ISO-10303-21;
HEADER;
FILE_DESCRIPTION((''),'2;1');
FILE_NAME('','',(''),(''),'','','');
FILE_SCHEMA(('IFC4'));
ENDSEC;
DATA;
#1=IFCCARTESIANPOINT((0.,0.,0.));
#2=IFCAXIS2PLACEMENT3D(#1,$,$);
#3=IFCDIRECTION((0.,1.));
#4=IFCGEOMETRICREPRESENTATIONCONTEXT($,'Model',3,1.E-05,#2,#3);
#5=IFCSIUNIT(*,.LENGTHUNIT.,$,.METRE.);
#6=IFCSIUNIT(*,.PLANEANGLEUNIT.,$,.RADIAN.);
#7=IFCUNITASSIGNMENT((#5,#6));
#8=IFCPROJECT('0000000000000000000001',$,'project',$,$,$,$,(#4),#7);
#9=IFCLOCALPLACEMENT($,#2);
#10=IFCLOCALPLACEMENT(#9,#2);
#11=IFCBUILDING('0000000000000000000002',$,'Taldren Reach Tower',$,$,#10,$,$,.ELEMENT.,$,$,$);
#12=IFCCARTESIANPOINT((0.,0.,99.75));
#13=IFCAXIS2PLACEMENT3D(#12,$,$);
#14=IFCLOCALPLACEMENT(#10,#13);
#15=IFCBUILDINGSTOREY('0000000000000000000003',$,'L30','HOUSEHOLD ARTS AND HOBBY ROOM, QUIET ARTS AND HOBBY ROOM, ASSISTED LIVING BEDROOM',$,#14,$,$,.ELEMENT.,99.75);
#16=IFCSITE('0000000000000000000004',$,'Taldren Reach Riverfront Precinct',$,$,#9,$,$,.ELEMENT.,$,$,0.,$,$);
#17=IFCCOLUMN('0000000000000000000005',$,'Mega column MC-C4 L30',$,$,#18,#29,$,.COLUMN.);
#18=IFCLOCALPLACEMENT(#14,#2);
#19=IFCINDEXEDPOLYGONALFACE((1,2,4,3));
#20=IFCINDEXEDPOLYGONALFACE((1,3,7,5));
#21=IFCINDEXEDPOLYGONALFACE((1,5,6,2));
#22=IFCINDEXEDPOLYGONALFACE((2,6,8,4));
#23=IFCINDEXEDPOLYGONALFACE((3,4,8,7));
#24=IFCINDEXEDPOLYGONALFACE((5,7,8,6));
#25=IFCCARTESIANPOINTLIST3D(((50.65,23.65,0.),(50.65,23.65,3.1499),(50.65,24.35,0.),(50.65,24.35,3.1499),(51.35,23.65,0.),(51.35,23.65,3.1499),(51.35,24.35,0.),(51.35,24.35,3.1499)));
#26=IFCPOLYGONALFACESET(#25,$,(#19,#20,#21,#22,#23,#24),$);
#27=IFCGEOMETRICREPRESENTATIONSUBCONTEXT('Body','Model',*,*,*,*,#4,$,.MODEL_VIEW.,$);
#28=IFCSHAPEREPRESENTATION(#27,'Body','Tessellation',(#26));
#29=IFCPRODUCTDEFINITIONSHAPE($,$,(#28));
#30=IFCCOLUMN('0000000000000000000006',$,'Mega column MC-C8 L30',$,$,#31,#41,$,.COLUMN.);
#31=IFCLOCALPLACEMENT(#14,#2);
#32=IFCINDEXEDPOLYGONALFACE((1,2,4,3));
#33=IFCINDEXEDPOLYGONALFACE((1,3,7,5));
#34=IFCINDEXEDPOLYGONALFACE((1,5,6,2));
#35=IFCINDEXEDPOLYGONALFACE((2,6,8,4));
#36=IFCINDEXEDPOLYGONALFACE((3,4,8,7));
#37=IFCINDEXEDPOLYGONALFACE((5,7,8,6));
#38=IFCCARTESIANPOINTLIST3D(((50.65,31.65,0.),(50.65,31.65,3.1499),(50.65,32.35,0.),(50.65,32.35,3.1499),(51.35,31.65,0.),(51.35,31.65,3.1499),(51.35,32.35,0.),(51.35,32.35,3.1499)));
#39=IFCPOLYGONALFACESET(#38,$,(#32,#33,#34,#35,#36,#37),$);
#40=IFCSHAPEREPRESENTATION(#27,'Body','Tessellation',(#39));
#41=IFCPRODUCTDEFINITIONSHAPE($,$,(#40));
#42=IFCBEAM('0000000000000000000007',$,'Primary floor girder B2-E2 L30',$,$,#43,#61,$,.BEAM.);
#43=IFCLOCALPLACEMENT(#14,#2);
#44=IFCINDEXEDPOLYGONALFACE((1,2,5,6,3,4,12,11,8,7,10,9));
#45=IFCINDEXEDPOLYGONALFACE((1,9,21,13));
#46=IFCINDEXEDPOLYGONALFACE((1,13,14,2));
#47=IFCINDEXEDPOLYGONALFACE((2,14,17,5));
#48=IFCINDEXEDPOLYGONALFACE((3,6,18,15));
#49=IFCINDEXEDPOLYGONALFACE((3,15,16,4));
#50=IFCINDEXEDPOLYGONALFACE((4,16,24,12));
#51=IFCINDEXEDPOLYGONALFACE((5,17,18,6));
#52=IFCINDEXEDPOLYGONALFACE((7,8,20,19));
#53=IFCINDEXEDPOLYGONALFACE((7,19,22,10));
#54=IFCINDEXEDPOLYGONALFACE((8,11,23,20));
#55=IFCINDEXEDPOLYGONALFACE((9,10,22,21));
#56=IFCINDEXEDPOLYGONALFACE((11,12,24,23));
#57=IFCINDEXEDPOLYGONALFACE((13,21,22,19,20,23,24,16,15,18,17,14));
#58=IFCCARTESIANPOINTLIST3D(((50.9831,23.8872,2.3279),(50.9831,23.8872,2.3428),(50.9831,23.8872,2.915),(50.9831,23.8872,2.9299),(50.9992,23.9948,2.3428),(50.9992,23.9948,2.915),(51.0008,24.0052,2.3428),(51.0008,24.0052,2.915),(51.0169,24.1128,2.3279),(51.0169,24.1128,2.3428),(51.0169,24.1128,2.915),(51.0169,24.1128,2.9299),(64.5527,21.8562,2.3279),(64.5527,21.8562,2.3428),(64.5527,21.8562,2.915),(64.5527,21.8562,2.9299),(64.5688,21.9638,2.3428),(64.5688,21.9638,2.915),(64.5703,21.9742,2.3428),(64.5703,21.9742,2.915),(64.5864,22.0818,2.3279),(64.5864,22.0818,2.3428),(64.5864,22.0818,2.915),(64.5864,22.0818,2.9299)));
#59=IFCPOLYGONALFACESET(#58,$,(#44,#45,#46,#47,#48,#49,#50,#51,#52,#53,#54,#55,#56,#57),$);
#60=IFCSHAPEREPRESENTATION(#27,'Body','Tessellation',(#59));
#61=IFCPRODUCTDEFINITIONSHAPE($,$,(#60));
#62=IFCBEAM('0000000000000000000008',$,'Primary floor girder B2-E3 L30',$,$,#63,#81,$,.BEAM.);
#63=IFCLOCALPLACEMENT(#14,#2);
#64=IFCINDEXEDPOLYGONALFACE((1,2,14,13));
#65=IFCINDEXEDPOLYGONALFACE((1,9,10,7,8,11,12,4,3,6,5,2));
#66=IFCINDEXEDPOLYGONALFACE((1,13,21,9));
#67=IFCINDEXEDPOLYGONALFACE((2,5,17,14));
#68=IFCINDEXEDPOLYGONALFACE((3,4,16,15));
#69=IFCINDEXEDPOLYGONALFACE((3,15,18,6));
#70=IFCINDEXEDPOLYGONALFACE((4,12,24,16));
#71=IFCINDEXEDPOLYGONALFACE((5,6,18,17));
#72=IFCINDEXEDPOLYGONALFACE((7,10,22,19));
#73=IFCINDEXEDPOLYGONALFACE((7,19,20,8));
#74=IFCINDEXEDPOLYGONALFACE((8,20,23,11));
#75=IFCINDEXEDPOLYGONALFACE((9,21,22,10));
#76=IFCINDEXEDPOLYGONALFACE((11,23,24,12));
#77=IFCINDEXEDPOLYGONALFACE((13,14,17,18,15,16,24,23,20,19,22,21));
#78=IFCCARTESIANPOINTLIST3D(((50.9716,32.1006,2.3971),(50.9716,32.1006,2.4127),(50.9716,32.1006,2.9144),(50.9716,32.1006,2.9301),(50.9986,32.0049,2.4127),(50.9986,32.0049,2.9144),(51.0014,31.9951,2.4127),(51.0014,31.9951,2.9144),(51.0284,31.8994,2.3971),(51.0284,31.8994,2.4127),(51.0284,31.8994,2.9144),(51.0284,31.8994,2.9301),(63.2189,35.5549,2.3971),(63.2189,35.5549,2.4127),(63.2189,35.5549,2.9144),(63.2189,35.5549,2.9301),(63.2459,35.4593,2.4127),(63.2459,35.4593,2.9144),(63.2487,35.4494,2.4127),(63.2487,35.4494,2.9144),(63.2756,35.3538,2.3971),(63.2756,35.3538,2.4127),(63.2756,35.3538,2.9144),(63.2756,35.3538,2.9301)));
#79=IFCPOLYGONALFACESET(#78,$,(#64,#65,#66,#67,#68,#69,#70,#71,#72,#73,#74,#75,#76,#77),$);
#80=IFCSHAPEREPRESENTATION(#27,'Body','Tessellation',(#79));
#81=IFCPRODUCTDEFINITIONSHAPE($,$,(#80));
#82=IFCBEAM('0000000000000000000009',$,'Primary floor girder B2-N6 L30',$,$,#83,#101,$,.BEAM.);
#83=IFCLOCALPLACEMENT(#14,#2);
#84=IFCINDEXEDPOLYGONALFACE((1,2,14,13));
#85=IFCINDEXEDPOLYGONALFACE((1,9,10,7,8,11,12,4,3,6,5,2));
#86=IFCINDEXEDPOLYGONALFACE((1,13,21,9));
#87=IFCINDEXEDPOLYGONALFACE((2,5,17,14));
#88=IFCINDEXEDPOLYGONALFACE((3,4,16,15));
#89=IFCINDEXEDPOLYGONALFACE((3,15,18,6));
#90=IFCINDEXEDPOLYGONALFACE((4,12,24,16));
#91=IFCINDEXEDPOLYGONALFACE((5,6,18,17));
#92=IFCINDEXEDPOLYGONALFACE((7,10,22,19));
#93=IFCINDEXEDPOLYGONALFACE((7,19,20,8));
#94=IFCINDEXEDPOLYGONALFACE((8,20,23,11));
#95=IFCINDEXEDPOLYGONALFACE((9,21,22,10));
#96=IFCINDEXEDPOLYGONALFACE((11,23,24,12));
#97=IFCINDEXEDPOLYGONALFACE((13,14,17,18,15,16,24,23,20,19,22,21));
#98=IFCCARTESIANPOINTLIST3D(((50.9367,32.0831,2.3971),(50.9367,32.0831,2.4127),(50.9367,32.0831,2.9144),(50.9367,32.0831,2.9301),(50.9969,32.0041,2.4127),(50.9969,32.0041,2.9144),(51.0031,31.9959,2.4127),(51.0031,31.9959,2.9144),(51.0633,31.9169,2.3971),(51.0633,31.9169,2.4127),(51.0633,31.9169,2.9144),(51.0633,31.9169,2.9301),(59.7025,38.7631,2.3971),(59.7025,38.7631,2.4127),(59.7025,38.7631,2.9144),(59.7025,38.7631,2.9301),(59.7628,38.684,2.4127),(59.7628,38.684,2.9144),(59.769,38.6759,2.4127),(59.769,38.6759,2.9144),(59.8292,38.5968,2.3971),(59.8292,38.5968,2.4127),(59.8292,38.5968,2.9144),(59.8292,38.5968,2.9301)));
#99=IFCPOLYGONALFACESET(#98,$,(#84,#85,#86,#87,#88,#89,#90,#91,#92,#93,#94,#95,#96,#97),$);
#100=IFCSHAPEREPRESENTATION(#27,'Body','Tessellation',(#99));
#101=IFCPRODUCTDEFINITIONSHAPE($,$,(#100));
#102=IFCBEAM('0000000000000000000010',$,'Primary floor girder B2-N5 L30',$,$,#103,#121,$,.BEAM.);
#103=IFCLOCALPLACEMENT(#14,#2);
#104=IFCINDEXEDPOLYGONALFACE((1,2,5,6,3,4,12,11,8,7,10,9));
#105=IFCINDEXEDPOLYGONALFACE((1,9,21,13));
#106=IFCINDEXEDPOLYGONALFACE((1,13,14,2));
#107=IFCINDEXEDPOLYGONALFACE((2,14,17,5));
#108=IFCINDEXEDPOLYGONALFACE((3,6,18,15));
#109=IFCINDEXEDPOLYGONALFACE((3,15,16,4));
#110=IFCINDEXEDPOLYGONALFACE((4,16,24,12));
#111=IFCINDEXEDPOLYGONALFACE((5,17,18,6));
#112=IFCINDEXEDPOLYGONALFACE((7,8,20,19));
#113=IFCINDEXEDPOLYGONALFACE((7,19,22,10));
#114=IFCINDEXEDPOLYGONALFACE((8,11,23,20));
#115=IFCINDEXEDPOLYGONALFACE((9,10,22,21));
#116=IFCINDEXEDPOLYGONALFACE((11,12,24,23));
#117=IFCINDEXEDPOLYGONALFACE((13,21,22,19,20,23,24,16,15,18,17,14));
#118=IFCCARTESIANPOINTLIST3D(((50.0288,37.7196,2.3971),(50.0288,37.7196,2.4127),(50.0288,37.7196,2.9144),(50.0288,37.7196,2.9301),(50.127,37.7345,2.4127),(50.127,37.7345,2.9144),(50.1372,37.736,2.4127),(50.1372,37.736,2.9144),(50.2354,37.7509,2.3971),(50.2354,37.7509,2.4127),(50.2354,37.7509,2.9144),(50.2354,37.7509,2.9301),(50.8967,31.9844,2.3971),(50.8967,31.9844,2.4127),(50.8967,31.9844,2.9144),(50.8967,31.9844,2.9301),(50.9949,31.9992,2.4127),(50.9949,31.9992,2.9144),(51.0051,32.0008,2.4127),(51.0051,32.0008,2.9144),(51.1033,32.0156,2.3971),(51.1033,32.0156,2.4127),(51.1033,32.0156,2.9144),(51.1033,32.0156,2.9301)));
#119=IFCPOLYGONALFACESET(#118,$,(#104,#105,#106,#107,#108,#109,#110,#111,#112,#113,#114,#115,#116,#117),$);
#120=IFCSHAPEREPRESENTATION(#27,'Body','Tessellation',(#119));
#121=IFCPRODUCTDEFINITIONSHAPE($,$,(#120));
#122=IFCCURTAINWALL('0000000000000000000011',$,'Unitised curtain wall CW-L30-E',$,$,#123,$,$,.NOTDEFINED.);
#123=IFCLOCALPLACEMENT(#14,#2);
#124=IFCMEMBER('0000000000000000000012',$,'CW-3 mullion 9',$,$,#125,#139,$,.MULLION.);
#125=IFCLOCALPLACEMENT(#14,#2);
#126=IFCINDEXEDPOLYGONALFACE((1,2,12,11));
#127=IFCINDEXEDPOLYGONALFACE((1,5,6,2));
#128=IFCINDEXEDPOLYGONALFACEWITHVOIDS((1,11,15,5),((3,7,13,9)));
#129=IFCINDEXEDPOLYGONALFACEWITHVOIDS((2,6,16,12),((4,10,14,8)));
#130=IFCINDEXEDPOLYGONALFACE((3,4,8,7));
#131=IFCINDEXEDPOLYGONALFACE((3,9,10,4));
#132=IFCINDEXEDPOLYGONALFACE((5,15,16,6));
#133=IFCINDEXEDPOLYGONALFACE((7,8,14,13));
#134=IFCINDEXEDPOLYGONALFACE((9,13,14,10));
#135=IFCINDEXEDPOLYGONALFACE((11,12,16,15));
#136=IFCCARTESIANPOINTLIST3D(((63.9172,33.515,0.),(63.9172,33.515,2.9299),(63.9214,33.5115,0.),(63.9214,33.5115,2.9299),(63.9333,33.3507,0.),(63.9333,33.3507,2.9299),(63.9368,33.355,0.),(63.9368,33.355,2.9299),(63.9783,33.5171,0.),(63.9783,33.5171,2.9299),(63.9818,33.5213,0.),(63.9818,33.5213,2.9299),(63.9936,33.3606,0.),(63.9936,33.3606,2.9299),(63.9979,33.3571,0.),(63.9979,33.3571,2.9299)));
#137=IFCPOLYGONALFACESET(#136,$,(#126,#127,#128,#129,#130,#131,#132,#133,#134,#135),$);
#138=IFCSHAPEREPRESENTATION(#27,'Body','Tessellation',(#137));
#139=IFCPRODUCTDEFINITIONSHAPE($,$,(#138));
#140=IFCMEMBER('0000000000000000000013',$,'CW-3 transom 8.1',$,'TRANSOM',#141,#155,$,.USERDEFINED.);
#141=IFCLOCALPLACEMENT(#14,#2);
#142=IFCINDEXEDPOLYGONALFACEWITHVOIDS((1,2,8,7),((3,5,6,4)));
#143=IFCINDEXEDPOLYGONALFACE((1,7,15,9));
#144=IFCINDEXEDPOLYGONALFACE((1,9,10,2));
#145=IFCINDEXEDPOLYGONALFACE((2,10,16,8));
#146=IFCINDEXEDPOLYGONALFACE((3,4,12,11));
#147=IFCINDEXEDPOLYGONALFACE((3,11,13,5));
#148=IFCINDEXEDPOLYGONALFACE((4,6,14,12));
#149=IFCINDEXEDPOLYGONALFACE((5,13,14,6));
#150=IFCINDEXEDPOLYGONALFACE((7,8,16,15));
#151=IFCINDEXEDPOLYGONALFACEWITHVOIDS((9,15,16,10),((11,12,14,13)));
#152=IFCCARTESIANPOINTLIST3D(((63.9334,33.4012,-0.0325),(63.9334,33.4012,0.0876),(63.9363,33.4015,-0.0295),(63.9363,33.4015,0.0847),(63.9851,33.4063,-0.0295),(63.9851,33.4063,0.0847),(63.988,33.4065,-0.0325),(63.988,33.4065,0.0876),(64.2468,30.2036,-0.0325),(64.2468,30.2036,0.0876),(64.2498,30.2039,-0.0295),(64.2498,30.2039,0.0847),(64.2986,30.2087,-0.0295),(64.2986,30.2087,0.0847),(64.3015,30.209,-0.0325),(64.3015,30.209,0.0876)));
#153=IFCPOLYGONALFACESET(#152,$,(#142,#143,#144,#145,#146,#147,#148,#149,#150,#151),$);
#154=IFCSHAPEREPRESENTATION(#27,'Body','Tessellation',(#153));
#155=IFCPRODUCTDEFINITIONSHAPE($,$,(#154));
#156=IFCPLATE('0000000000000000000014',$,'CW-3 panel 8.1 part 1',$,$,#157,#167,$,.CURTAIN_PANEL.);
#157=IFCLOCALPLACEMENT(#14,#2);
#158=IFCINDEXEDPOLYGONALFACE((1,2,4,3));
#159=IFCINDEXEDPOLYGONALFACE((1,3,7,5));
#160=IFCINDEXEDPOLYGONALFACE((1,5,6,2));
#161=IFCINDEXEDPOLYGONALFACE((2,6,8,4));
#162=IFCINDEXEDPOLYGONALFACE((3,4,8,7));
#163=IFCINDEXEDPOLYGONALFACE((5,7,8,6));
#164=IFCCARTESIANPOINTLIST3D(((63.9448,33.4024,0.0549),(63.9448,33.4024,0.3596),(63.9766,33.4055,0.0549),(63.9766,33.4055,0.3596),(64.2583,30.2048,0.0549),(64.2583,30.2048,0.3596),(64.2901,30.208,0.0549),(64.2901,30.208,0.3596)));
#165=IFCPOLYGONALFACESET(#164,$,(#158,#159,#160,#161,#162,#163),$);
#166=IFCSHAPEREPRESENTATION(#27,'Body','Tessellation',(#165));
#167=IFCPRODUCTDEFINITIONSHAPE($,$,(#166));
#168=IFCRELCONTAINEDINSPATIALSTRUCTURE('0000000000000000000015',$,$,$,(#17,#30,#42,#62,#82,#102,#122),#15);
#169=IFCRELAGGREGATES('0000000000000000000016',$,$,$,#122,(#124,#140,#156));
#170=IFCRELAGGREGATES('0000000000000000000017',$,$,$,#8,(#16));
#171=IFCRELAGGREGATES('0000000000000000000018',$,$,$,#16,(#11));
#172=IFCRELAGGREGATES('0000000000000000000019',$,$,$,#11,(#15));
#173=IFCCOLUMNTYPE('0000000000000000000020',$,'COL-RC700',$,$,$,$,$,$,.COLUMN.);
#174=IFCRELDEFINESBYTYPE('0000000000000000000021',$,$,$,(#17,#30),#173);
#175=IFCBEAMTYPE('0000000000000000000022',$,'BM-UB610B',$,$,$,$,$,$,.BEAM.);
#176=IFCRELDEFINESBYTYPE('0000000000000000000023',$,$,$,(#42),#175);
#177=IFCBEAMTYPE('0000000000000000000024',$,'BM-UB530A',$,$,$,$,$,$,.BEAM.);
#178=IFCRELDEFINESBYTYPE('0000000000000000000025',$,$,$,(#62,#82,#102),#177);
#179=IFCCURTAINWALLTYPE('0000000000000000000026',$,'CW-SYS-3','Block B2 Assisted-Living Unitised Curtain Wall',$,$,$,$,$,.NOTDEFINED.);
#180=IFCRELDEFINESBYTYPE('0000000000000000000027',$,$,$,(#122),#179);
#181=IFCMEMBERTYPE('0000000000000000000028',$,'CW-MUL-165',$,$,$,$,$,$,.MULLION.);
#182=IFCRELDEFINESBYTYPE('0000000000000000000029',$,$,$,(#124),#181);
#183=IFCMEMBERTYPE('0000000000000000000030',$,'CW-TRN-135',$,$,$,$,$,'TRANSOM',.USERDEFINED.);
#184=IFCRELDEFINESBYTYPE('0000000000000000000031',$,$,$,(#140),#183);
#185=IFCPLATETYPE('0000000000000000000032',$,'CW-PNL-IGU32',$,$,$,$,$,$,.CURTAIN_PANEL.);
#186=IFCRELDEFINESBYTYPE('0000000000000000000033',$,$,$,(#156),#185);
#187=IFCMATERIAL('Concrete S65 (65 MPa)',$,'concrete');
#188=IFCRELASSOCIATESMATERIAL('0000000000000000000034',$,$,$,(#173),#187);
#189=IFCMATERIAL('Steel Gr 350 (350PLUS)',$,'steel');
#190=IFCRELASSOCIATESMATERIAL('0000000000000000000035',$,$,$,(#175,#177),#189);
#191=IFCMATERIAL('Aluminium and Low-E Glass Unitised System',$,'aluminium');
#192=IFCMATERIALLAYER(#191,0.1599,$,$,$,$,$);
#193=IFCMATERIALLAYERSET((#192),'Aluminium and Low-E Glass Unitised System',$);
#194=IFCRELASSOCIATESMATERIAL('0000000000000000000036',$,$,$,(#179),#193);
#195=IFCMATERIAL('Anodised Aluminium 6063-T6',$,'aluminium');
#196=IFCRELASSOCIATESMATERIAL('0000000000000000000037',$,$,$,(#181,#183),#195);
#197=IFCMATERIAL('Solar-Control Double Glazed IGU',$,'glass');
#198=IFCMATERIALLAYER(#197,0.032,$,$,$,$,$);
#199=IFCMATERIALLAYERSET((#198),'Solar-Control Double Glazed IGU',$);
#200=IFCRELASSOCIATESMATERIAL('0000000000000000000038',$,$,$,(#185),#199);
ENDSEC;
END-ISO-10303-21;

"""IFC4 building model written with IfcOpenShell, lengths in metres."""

from ifc_helpers import new_model, si_unit, direction, frame, origin, origin_2d, place, context, subcontext, project, spatial, rectangle, hollow_rectangle, i_section, extrude, source, transform, mapped, material, layer, layer_set, material_profile, profile_set, type_object, element, aggregate, save


model = new_model("IFC4")

# Units and contexts
model_context = context("Model", 3, precision=1e-05, world=origin(), true_north=direction((0.0, 1.0)))
body_context = subcontext(model_context, "Body", "Model", "MODEL_VIEW")
ifc_project = project(units=[si_unit("LENGTHUNIT", "METRE"), si_unit("PLANEANGLEUNIT", "RADIAN")], contexts=[model_context])

# Site, building, storey
site_placement = place(None, origin())
site = spatial("IfcSite", under=ifc_project, at=site_placement, Name="Taldren Reach Riverfront Precinct", CompositionType="ELEMENT", RefElevation=0.0)
building_placement = place(site_placement, origin())
building = spatial("IfcBuilding", under=site, at=building_placement, Name="Taldren Reach Tower", CompositionType="ELEMENT")
storey_placement = place(building_placement, frame((0.0, 0.0, 99.75)))
storey = spatial("IfcBuildingStorey", under=building, at=storey_placement, Name="L30", Description="HOUSEHOLD ARTS AND HOBBY ROOM, QUIET ARTS AND HOBBY ROOM, ASSISTED LIVING BEDROOM", CompositionType="ELEMENT", Elevation=99.75)

# Columns
ifc_material_1 = material(Name="Concrete S65 (65 MPa)", Category="concrete")
ifc_material_profile_1 = material_profile(ifc_material_1, rectangle(XDim=0.7, YDim=0.7, at=origin_2d()), Name="RC-700x700")
ifc_profile_set_1 = profile_set([ifc_material_profile_1], Name="Concrete S65 (65 MPa)")
column_type = type_object("IfcColumnType", Name="COL-RC700", PredefinedType="COLUMN", material=ifc_profile_set_1)
shared_shape_1 = source(origin(), body_context, "Body", "SweptSolid", [
    extrude(rectangle(XDim=0.7, YDim=0.7, at=origin_2d()), origin(), (0.0, 0.0, 1.0), 3.1499),
])
for number, where, z_axis, x_axis, name in (
    (1, (51.0, 24.0, 0.0), (0.0, 0.0, 1.0), (1.0, 0.0, 0.0), "Mega column MC-C4 L30"),
    (2, (51.0, 32.0, 0.0), (0.0, 0.0, 1.0), (1.0, 0.0, 0.0), "Mega column MC-C8 L30"),
):
    element("IfcColumn", number, at=place(storey_placement, frame(where, z_axis=z_axis, x_axis=x_axis)), inside=storey, type_object=column_type, Name=name, PredefinedType="COLUMN", context=body_context, shape_type="MappedRepresentation", body=[
        mapped(shared_shape_1, transform((0.0, 0.0, 0.0), scale=1.0)),
    ])

# Beams
ifc_material_2 = material(Name="Steel Gr 350 (350PLUS)", Category="steel")
ifc_material_profile_2 = material_profile(ifc_material_2, i_section(OverallWidth=0.228, OverallDepth=0.6021, WebThickness=0.0105, FlangeThickness=0.0149, at=origin_2d()), Name="610UB101")
ifc_profile_set_2 = profile_set([ifc_material_profile_2], Name="Steel Gr 350 (350PLUS)")
beam_type_1 = type_object("IfcBeamType", Name="BM-UB610B", PredefinedType="BEAM", material=ifc_profile_set_2)
shared_shape_2 = source(origin(), body_context, "Body", "SweptSolid", [
    extrude(i_section(OverallWidth=0.228, OverallDepth=0.6021, WebThickness=0.0105, FlangeThickness=0.0149, at=origin_2d()), origin(), (0.0, 0.0, 1.0), 13.7207),
])
beam_1_placement = place(storey_placement, frame((51.0, 24.0, 2.6289), z_axis=(0.988984, -0.148025, 0.0), x_axis=(0.148025, 0.988984, 0.0)))
element("IfcBeam", 3, at=beam_1_placement, inside=storey, type_object=beam_type_1, Name="Primary floor girder B2-E2 L30", PredefinedType="BEAM", context=body_context, shape_type="MappedRepresentation", body=[
    mapped(shared_shape_2, transform((0.0, 0.0, 0.0), scale=1.0)),
])
ifc_material_profile_3 = material_profile(ifc_material_2, i_section(OverallWidth=0.209, OverallDepth=0.533, WebThickness=0.0103, FlangeThickness=0.0156, at=origin_2d()), Name="530UB92.4")
ifc_profile_set_3 = profile_set([ifc_material_profile_3], Name="Steel Gr 350 (350PLUS)")
beam_type_2 = type_object("IfcBeamType", Name="BM-UB530A", PredefinedType="BEAM", material=ifc_profile_set_3)
shared_shape_3 = source(origin(), body_context, "Body", "SweptSolid", [
    extrude(i_section(OverallWidth=0.209, OverallDepth=0.533, WebThickness=0.0103, FlangeThickness=0.0156, at=origin_2d()), origin(), (0.0, 0.0, 1.0), 12.7251),
])
beam_2_placement = place(storey_placement, frame((51.0, 32.0, 2.6636), z_axis=(0.96245, 0.271458, 0.0), x_axis=(-0.271458, 0.96245, 0.0)))
element("IfcBeam", 4, at=beam_2_placement, inside=storey, type_object=beam_type_2, Name="Primary floor girder B2-E3 L30", PredefinedType="BEAM", context=body_context, shape_type="MappedRepresentation", body=[
    mapped(shared_shape_3, transform((0.0, 0.0, 0.0), scale=1.0)),
])
shared_shape_4 = source(origin(), body_context, "Body", "SweptSolid", [
    extrude(i_section(OverallWidth=0.209, OverallDepth=0.533, WebThickness=0.0103, FlangeThickness=0.0156, at=origin_2d()), origin(), (0.0, 0.0, 1.0), 11.021),
])
beam_3_placement = place(storey_placement, frame((51.0, 32.0, 2.6636), z_axis=(0.79538, 0.606111, 0.0), x_axis=(-0.606111, 0.79538, 0.0)))
element("IfcBeam", 5, at=beam_3_placement, inside=storey, type_object=beam_type_2, Name="Primary floor girder B2-N6 L30", PredefinedType="BEAM", context=body_context, shape_type="MappedRepresentation", body=[
    mapped(shared_shape_4, transform((0.0, 0.0, 0.0), scale=1.0)),
])
shared_shape_5 = source(origin(), body_context, "Body", "SweptSolid", [
    extrude(i_section(OverallWidth=0.209, OverallDepth=0.533, WebThickness=0.0103, FlangeThickness=0.0156, at=origin_2d()), origin(), (0.0, 0.0, 1.0), 5.8005),
])
beam_4_placement = place(storey_placement, frame((51.0, 32.0, 2.6636), z_axis=(-0.149625, 0.988743, 0.0), x_axis=(-0.988743, -0.149625, 0.0)))
element("IfcBeam", 6, at=beam_4_placement, inside=storey, type_object=beam_type_2, Name="Primary floor girder B2-N5 L30", PredefinedType="BEAM", context=body_context, shape_type="MappedRepresentation", body=[
    mapped(shared_shape_5, transform((0.0, 0.0, 0.0), scale=1.0)),
])

# Curtain wall, members, plate
ifc_material_3 = material(Name="Aluminium and Low-E Glass Unitised System", Category="aluminium")
ifc_layer_1 = layer(ifc_material_3, 0.1599)
ifc_layer_set_1 = layer_set([ifc_layer_1], Name="Aluminium and Low-E Glass Unitised System")
curtain_wall_type = type_object("IfcCurtainWallType", Name="CW-SYS-3", Description="Block B2 Assisted-Living Unitised Curtain Wall", PredefinedType="NOTDEFINED", material=ifc_layer_set_1)
curtain_wall_placement = place(storey_placement, origin())
curtain_wall = element("IfcCurtainWall", 7, at=curtain_wall_placement, inside=storey, type_object=curtain_wall_type, Name="Unitised curtain wall CW-L30-E", PredefinedType="NOTDEFINED")
ifc_material_4 = material(Name="Anodised Aluminium 6063-T6", Category="aluminium")
ifc_material_profile_4 = material_profile(ifc_material_4, hollow_rectangle(XDim=0.0649, YDim=0.165, WallThickness=0.0039, at=origin_2d()), Name="ALU-165x65x4RHS")
ifc_profile_set_4 = profile_set([ifc_material_profile_4], Name="Anodised Aluminium 6063-T6")
member_type_1 = type_object("IfcMemberType", Name="CW-MUL-165", PredefinedType="MULLION", material=ifc_profile_set_4)
shared_shape_6 = source(origin(), body_context, "Body", "SweptSolid", [
    extrude(hollow_rectangle(XDim=0.0649, YDim=0.165, WallThickness=0.0039, at=origin_2d()), origin(), (0.0, 0.0, 1.0), 2.9299),
])
member_1_placement = place(storey_placement, frame((63.9575, 33.436, 0.0), z_axis=(0.0, 0.0, 1.0), x_axis=(-0.995227, -0.097583, 0.0)))
member_1 = element("IfcMember", 8, at=member_1_placement, type_object=member_type_1, Name="CW-3 mullion 9", PredefinedType="MULLION", context=body_context, shape_type="MappedRepresentation", body=[
    mapped(shared_shape_6, transform((0.0, 0.0, 0.0), scale=1.0)),
])
ifc_material_profile_5 = material_profile(ifc_material_4, hollow_rectangle(XDim=0.0549, YDim=0.1201, WallThickness=0.0029, at=origin_2d()), Name="ALU-120x55x3RHS")
ifc_profile_set_5 = profile_set([ifc_material_profile_5], Name="Anodised Aluminium 6063-T6")
member_type_2 = type_object("IfcMemberType", Name="CW-TRN-135", ElementType="TRANSOM", PredefinedType="USERDEFINED", material=ifc_profile_set_5)
shared_shape_7 = source(origin(), body_context, "Body", "SweptSolid", [
    extrude(hollow_rectangle(XDim=0.0549, YDim=0.1201, WallThickness=0.0029, at=origin_2d()), origin(), (0.0, 0.0, 1.0), 3.2129),
])
member_2_placement = place(storey_placement, frame((64.2742, 30.2063, 0.0276), z_axis=(-0.09757, 0.995229, 0.0), x_axis=(-0.995229, -0.09757, 0.0)))
member_2 = element("IfcMember", 9, at=member_2_placement, type_object=member_type_2, Name="CW-3 transom 8.1", ObjectType="TRANSOM", PredefinedType="USERDEFINED", context=body_context, shape_type="MappedRepresentation", body=[
    mapped(shared_shape_7, transform((0.0, 0.0, 0.0), scale=1.0)),
])
ifc_material_5 = material(Name="Solar-Control Double Glazed IGU", Category="glass")
ifc_layer_2 = layer(ifc_material_5, 0.032)
ifc_layer_set_2 = layer_set([ifc_layer_2], Name="Solar-Control Double Glazed IGU")
plate_type = type_object("IfcPlateType", Name="CW-PNL-IGU32", PredefinedType="CURTAIN_PANEL", material=ifc_layer_set_2)
shared_shape_8 = source(origin(), body_context, "Body", "SweptSolid", [
    extrude(rectangle(XDim=3.2129, YDim=0.032, at=origin_2d()), origin(), (0.0, 0.0, 1.0), 0.3047),
])
plate_1_placement = place(storey_placement, frame((64.1174, 31.8052, 0.0549), z_axis=(0.0, 0.0, 1.0), x_axis=(-0.097583, 0.995227, 0.0)))
plate_1 = element("IfcPlate", 10, at=plate_1_placement, type_object=plate_type, Name="CW-3 panel 8.1 part 1", PredefinedType="CURTAIN_PANEL", context=body_context, shape_type="MappedRepresentation", body=[
    mapped(shared_shape_8, transform((0.0, 0.0, 0.0), scale=1.0)),
])
aggregate(curtain_wall, [member_1, member_2, plate_1])

save(model, "model.ifc")
